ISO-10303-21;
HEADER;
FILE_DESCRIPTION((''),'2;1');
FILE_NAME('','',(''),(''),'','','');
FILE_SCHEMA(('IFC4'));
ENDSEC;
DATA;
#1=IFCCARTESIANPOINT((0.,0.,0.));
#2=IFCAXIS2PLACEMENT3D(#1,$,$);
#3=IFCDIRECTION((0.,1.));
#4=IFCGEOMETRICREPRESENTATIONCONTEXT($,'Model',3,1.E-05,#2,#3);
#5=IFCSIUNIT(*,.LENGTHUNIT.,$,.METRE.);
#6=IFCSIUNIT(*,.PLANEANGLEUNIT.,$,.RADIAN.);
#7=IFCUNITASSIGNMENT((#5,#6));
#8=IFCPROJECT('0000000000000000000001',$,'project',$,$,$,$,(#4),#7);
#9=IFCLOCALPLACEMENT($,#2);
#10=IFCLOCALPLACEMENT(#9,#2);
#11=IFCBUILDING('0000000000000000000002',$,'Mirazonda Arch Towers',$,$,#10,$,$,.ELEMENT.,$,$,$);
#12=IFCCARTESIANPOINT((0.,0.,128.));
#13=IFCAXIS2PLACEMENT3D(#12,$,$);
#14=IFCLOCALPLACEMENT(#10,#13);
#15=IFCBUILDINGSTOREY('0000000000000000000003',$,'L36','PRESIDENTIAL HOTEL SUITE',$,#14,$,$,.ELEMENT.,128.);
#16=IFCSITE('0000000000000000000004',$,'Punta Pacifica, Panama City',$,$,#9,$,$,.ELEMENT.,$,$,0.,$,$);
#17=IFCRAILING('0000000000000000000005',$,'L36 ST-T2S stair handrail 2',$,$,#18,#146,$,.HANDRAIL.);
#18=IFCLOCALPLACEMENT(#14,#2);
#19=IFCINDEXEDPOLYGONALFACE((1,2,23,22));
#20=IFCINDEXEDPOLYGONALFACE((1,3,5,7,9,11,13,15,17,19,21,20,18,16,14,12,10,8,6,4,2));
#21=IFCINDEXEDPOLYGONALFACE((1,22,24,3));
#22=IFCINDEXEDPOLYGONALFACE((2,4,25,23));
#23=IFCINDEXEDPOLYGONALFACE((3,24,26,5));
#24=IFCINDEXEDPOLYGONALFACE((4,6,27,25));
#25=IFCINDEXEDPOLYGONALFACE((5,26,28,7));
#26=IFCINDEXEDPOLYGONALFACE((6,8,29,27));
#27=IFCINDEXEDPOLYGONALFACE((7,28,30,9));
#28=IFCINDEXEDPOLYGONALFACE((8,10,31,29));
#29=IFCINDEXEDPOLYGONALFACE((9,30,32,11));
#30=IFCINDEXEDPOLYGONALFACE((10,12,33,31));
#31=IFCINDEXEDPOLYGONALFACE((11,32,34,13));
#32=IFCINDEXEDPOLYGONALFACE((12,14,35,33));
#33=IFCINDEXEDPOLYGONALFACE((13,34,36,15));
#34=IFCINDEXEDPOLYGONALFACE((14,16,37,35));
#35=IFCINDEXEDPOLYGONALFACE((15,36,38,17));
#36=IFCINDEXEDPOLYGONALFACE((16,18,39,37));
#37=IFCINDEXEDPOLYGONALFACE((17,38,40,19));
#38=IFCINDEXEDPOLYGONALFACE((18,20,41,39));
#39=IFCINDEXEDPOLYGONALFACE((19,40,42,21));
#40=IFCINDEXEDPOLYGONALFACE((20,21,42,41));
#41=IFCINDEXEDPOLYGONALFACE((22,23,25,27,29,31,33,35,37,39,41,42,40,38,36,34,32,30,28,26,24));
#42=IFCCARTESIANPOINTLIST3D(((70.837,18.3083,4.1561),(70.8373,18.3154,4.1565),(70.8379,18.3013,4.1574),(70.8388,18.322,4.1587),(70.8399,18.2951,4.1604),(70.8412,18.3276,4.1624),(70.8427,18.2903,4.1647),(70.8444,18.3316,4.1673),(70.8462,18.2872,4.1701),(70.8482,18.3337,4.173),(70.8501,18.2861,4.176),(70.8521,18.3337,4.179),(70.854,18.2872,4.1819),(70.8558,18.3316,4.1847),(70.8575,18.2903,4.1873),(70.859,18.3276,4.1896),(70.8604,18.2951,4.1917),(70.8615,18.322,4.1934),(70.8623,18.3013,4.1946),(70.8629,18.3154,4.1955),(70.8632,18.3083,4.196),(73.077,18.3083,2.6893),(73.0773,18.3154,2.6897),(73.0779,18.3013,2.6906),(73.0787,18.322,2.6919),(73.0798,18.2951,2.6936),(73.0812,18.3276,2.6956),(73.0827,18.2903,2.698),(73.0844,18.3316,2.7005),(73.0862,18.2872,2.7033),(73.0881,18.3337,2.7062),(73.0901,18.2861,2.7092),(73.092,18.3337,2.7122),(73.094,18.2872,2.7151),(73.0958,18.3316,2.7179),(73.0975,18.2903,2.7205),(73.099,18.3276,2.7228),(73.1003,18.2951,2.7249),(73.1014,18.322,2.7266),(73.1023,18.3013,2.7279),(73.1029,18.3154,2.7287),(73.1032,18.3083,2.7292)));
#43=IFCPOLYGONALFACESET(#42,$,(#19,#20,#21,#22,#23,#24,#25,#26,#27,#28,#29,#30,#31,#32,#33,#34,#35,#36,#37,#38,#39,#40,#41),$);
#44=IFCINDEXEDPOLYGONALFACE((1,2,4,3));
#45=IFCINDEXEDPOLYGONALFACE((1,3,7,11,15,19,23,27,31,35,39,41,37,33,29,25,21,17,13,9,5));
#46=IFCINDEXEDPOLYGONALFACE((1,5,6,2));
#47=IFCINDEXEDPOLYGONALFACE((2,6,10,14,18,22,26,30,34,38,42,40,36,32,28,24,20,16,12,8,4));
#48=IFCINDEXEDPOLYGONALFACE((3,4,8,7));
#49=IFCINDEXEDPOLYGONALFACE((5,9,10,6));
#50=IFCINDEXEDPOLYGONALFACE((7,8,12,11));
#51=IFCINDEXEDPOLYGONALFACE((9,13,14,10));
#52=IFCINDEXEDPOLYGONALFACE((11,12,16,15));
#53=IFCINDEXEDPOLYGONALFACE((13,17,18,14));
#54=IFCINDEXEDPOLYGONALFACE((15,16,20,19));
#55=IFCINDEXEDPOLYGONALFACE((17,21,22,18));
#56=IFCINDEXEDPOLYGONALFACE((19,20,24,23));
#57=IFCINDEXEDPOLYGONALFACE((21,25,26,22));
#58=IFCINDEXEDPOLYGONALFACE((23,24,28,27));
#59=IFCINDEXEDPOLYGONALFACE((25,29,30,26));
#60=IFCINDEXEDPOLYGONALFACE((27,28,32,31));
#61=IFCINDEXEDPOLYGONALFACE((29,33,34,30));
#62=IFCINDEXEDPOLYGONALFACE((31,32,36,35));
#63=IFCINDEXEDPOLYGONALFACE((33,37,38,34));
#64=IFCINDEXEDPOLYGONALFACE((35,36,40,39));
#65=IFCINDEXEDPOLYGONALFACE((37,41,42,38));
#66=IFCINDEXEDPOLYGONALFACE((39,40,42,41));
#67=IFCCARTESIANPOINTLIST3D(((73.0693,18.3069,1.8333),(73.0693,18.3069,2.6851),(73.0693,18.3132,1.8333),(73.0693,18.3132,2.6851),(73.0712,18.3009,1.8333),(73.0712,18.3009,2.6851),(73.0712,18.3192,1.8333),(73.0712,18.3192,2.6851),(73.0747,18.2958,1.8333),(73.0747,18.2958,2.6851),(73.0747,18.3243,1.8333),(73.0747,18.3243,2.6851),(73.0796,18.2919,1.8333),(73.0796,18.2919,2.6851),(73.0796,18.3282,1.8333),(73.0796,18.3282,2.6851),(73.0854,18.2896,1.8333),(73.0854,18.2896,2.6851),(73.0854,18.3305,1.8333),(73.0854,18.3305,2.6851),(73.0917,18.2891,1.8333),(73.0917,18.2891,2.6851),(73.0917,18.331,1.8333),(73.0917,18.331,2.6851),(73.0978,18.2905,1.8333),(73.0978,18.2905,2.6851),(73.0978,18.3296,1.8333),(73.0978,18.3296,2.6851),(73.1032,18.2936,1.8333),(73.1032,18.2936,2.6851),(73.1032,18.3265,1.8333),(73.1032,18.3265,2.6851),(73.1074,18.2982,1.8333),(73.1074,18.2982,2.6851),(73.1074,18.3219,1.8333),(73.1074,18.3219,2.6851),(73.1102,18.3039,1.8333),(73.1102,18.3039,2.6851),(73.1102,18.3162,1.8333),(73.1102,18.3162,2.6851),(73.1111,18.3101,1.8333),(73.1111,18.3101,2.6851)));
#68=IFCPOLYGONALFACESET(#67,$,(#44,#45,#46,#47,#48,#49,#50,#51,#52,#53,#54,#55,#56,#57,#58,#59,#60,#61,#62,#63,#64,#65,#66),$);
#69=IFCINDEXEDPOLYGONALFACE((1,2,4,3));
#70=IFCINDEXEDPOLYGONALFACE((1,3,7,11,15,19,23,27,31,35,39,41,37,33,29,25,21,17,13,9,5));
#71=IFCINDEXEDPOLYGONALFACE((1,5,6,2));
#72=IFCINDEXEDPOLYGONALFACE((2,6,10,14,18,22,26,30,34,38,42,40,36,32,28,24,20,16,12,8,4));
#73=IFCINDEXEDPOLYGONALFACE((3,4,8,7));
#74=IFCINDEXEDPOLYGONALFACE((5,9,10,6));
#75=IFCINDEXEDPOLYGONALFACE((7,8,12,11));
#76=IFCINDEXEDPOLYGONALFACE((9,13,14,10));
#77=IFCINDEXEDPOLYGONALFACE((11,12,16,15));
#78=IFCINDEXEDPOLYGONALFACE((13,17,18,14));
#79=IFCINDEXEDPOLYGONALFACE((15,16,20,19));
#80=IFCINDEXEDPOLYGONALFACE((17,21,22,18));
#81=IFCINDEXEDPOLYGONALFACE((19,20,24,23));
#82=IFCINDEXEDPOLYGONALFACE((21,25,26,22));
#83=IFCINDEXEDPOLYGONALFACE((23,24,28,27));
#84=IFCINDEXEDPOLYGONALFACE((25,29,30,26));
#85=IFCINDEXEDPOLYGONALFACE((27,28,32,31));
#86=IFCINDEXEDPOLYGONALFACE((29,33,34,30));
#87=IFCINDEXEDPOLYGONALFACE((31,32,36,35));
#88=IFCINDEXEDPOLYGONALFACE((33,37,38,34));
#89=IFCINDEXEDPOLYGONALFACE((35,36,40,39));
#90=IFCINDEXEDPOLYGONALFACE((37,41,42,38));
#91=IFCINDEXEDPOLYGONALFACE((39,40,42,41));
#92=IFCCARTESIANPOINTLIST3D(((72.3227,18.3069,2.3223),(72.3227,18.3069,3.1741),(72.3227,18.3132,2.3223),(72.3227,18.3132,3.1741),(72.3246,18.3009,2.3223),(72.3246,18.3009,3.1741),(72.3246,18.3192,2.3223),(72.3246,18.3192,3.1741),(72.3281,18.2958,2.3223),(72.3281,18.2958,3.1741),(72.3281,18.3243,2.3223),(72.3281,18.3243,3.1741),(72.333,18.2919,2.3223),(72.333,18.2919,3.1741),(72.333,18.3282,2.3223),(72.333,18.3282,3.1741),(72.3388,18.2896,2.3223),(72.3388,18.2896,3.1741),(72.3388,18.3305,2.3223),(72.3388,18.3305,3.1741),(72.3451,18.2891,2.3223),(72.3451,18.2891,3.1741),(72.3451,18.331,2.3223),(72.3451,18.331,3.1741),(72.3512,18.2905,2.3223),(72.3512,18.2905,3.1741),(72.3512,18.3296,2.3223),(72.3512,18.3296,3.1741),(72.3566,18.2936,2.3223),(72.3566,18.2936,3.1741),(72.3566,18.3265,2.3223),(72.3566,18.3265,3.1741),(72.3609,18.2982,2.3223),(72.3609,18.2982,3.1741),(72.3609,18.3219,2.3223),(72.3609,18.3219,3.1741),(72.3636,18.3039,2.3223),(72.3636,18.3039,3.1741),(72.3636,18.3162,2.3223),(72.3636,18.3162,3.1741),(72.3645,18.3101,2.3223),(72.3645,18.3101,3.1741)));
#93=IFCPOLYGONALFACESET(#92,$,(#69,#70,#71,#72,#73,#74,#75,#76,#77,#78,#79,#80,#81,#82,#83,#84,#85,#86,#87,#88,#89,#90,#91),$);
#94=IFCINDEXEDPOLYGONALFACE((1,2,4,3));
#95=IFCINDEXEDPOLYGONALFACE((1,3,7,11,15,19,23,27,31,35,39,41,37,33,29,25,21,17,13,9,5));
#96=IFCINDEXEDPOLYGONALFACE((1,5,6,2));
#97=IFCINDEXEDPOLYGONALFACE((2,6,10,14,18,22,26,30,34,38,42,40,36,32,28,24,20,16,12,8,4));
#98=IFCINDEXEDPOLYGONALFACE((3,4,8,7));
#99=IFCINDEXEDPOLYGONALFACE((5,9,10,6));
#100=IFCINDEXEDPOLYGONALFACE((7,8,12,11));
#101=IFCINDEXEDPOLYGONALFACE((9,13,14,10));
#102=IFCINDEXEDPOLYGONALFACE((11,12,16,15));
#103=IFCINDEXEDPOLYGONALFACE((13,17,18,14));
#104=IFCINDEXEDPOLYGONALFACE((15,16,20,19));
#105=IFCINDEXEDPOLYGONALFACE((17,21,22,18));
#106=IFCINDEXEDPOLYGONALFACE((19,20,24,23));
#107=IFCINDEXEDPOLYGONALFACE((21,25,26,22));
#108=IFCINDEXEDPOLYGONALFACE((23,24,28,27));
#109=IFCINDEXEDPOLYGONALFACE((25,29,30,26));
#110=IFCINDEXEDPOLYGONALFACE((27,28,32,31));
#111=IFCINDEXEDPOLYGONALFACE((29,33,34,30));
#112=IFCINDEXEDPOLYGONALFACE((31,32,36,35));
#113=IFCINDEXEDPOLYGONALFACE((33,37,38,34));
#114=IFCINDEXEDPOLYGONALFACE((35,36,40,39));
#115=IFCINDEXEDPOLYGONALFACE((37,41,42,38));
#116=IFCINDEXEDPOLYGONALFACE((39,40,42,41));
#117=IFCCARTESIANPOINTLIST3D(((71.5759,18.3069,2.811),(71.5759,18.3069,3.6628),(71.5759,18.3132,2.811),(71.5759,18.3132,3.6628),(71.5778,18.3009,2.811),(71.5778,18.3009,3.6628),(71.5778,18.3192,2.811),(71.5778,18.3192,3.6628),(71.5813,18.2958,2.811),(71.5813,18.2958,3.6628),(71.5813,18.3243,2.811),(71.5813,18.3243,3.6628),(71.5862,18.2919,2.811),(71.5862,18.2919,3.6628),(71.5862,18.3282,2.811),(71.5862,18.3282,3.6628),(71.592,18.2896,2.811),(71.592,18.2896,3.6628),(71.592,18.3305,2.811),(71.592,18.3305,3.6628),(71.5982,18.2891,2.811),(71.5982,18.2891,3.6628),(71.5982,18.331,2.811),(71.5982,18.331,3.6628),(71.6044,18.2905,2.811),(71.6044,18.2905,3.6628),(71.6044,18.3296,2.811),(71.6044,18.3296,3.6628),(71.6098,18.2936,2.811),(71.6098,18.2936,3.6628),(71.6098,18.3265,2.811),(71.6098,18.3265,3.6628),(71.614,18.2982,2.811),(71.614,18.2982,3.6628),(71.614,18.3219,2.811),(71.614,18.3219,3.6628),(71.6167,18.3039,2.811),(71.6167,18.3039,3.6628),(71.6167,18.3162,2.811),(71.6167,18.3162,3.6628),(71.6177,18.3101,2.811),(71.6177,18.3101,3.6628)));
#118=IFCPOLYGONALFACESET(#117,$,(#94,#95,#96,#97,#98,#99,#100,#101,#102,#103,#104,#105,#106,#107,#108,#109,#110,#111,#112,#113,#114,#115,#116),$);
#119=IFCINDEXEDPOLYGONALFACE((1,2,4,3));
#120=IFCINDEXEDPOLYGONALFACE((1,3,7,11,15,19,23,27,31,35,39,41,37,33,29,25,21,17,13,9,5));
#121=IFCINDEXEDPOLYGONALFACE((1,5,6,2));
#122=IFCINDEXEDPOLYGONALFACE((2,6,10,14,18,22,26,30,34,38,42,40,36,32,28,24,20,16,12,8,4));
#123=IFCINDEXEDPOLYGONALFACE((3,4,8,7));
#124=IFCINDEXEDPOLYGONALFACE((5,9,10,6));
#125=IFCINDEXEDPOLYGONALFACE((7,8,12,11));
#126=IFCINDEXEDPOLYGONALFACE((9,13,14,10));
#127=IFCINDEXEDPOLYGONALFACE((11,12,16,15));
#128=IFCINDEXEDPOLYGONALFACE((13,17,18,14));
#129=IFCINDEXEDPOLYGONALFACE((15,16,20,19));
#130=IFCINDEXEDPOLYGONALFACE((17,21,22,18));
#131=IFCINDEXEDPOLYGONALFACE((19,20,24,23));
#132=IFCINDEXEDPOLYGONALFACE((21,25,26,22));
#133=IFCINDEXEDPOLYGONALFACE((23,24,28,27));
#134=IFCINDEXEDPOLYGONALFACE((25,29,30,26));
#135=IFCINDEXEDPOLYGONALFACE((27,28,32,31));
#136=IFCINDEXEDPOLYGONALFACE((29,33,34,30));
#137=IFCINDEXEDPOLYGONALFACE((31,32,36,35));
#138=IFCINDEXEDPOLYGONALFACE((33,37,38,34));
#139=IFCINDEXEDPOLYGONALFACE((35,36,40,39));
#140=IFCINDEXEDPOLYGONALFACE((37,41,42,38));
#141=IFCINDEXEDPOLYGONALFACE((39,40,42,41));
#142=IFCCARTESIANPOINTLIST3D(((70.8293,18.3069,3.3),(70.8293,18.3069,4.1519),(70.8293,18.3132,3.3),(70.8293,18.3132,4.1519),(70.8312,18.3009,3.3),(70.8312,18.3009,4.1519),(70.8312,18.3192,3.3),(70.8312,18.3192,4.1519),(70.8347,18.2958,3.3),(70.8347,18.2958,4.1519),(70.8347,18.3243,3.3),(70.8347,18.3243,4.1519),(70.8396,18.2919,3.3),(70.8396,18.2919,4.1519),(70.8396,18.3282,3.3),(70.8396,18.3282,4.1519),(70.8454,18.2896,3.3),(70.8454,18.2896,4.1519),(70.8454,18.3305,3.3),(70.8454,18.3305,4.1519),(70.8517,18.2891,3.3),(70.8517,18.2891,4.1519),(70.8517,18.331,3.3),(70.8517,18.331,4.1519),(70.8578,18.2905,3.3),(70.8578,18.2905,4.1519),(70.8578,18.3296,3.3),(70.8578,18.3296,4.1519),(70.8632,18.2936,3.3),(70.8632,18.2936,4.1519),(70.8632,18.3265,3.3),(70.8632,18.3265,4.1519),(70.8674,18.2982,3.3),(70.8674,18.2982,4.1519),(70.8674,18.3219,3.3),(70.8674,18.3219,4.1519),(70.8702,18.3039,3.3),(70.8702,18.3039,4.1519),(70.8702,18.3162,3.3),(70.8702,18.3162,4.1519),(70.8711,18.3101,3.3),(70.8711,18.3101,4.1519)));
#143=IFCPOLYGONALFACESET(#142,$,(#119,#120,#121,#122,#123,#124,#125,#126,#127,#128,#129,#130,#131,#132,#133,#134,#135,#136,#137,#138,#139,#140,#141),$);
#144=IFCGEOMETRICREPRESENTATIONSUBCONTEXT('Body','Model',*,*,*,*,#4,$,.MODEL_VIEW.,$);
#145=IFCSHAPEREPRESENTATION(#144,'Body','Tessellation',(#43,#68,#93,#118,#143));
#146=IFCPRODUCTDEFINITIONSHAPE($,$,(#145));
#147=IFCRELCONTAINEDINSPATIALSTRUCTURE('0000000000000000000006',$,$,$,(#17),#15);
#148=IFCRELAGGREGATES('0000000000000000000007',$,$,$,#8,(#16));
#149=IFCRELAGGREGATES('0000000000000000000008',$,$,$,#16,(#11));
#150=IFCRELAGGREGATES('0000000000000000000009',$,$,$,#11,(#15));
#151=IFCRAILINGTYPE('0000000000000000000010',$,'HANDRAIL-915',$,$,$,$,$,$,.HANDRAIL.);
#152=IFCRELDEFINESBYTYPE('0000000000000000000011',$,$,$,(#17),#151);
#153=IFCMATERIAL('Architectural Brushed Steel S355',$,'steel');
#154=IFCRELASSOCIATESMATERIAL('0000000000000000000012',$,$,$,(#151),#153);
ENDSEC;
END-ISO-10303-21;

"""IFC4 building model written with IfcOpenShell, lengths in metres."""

from ifc_helpers import new_model, si_unit, direction, frame, origin, origin_2d, place, context, subcontext, project, spatial, circle, extrude, material, type_object, element, save


model = new_model("IFC4")

# Units and contexts
model_context = context("Model", 3, precision=1e-05, world=origin(), true_north=direction((0.0, 1.0)))
body_context = subcontext(model_context, "Body", "Model", "MODEL_VIEW")
ifc_project = project(units=[si_unit("LENGTHUNIT", "METRE"), si_unit("PLANEANGLEUNIT", "RADIAN")], contexts=[model_context])

# Site, building, storey
site_placement = place(None, origin())
site = spatial("IfcSite", under=ifc_project, at=site_placement, Name="Punta Pacifica, Panama City", CompositionType="ELEMENT", RefElevation=0.0)
building_placement = place(site_placement, origin())
building = spatial("IfcBuilding", under=site, at=building_placement, Name="Mirazonda Arch Towers", CompositionType="ELEMENT")
storey_placement = place(building_placement, frame((0.0, 0.0, 128.0)))
storey = spatial("IfcBuildingStorey", under=building, at=storey_placement, Name="L36", Description="PRESIDENTIAL HOTEL SUITE", CompositionType="ELEMENT", Elevation=128.0)

# Railing
ifc_material_1 = material(Name="Architectural Brushed Steel S355", Category="steel")
railing_type_1 = type_object("IfcRailingType", Name="HANDRAIL-915", PredefinedType="HANDRAIL", material=ifc_material_1)
railing_1_placement = place(storey_placement, frame((73.0901, 18.3101, 1.8333)))
element("IfcRailing", 1, at=railing_1_placement, inside=storey, type_object=railing_type_1, Name="L36 ST-T2S stair handrail 2", PredefinedType="HANDRAIL", context=body_context, shape_type="SweptSolid", body=[
    extrude(circle(Radius=0.0239, at=origin_2d()), frame((0.0, 0.0, 0.876), z_axis=(-0.836595, 0.0, 0.547822), x_axis=(0.0, -1.0, 0.0)), (0.0, 0.0, 1.0), 2.6775),
    extrude(circle(Radius=0.021, at=origin_2d()), origin(), (0.0, 0.0, 1.0), 0.8518),
    extrude(circle(Radius=0.021, at=origin_2d()), frame((-0.7466, 0.0, 0.489)), (0.0, 0.0, 1.0), 0.8518),
    extrude(circle(Radius=0.021, at=origin_2d()), frame((-1.4934, 0.0, 0.9778)), (0.0, 0.0, 1.0), 0.8518),
    extrude(circle(Radius=0.021, at=origin_2d()), frame((-2.24, 0.0, 1.4668)), (0.0, 0.0, 1.0), 0.8518),
])

save(model, "model.ifc")
